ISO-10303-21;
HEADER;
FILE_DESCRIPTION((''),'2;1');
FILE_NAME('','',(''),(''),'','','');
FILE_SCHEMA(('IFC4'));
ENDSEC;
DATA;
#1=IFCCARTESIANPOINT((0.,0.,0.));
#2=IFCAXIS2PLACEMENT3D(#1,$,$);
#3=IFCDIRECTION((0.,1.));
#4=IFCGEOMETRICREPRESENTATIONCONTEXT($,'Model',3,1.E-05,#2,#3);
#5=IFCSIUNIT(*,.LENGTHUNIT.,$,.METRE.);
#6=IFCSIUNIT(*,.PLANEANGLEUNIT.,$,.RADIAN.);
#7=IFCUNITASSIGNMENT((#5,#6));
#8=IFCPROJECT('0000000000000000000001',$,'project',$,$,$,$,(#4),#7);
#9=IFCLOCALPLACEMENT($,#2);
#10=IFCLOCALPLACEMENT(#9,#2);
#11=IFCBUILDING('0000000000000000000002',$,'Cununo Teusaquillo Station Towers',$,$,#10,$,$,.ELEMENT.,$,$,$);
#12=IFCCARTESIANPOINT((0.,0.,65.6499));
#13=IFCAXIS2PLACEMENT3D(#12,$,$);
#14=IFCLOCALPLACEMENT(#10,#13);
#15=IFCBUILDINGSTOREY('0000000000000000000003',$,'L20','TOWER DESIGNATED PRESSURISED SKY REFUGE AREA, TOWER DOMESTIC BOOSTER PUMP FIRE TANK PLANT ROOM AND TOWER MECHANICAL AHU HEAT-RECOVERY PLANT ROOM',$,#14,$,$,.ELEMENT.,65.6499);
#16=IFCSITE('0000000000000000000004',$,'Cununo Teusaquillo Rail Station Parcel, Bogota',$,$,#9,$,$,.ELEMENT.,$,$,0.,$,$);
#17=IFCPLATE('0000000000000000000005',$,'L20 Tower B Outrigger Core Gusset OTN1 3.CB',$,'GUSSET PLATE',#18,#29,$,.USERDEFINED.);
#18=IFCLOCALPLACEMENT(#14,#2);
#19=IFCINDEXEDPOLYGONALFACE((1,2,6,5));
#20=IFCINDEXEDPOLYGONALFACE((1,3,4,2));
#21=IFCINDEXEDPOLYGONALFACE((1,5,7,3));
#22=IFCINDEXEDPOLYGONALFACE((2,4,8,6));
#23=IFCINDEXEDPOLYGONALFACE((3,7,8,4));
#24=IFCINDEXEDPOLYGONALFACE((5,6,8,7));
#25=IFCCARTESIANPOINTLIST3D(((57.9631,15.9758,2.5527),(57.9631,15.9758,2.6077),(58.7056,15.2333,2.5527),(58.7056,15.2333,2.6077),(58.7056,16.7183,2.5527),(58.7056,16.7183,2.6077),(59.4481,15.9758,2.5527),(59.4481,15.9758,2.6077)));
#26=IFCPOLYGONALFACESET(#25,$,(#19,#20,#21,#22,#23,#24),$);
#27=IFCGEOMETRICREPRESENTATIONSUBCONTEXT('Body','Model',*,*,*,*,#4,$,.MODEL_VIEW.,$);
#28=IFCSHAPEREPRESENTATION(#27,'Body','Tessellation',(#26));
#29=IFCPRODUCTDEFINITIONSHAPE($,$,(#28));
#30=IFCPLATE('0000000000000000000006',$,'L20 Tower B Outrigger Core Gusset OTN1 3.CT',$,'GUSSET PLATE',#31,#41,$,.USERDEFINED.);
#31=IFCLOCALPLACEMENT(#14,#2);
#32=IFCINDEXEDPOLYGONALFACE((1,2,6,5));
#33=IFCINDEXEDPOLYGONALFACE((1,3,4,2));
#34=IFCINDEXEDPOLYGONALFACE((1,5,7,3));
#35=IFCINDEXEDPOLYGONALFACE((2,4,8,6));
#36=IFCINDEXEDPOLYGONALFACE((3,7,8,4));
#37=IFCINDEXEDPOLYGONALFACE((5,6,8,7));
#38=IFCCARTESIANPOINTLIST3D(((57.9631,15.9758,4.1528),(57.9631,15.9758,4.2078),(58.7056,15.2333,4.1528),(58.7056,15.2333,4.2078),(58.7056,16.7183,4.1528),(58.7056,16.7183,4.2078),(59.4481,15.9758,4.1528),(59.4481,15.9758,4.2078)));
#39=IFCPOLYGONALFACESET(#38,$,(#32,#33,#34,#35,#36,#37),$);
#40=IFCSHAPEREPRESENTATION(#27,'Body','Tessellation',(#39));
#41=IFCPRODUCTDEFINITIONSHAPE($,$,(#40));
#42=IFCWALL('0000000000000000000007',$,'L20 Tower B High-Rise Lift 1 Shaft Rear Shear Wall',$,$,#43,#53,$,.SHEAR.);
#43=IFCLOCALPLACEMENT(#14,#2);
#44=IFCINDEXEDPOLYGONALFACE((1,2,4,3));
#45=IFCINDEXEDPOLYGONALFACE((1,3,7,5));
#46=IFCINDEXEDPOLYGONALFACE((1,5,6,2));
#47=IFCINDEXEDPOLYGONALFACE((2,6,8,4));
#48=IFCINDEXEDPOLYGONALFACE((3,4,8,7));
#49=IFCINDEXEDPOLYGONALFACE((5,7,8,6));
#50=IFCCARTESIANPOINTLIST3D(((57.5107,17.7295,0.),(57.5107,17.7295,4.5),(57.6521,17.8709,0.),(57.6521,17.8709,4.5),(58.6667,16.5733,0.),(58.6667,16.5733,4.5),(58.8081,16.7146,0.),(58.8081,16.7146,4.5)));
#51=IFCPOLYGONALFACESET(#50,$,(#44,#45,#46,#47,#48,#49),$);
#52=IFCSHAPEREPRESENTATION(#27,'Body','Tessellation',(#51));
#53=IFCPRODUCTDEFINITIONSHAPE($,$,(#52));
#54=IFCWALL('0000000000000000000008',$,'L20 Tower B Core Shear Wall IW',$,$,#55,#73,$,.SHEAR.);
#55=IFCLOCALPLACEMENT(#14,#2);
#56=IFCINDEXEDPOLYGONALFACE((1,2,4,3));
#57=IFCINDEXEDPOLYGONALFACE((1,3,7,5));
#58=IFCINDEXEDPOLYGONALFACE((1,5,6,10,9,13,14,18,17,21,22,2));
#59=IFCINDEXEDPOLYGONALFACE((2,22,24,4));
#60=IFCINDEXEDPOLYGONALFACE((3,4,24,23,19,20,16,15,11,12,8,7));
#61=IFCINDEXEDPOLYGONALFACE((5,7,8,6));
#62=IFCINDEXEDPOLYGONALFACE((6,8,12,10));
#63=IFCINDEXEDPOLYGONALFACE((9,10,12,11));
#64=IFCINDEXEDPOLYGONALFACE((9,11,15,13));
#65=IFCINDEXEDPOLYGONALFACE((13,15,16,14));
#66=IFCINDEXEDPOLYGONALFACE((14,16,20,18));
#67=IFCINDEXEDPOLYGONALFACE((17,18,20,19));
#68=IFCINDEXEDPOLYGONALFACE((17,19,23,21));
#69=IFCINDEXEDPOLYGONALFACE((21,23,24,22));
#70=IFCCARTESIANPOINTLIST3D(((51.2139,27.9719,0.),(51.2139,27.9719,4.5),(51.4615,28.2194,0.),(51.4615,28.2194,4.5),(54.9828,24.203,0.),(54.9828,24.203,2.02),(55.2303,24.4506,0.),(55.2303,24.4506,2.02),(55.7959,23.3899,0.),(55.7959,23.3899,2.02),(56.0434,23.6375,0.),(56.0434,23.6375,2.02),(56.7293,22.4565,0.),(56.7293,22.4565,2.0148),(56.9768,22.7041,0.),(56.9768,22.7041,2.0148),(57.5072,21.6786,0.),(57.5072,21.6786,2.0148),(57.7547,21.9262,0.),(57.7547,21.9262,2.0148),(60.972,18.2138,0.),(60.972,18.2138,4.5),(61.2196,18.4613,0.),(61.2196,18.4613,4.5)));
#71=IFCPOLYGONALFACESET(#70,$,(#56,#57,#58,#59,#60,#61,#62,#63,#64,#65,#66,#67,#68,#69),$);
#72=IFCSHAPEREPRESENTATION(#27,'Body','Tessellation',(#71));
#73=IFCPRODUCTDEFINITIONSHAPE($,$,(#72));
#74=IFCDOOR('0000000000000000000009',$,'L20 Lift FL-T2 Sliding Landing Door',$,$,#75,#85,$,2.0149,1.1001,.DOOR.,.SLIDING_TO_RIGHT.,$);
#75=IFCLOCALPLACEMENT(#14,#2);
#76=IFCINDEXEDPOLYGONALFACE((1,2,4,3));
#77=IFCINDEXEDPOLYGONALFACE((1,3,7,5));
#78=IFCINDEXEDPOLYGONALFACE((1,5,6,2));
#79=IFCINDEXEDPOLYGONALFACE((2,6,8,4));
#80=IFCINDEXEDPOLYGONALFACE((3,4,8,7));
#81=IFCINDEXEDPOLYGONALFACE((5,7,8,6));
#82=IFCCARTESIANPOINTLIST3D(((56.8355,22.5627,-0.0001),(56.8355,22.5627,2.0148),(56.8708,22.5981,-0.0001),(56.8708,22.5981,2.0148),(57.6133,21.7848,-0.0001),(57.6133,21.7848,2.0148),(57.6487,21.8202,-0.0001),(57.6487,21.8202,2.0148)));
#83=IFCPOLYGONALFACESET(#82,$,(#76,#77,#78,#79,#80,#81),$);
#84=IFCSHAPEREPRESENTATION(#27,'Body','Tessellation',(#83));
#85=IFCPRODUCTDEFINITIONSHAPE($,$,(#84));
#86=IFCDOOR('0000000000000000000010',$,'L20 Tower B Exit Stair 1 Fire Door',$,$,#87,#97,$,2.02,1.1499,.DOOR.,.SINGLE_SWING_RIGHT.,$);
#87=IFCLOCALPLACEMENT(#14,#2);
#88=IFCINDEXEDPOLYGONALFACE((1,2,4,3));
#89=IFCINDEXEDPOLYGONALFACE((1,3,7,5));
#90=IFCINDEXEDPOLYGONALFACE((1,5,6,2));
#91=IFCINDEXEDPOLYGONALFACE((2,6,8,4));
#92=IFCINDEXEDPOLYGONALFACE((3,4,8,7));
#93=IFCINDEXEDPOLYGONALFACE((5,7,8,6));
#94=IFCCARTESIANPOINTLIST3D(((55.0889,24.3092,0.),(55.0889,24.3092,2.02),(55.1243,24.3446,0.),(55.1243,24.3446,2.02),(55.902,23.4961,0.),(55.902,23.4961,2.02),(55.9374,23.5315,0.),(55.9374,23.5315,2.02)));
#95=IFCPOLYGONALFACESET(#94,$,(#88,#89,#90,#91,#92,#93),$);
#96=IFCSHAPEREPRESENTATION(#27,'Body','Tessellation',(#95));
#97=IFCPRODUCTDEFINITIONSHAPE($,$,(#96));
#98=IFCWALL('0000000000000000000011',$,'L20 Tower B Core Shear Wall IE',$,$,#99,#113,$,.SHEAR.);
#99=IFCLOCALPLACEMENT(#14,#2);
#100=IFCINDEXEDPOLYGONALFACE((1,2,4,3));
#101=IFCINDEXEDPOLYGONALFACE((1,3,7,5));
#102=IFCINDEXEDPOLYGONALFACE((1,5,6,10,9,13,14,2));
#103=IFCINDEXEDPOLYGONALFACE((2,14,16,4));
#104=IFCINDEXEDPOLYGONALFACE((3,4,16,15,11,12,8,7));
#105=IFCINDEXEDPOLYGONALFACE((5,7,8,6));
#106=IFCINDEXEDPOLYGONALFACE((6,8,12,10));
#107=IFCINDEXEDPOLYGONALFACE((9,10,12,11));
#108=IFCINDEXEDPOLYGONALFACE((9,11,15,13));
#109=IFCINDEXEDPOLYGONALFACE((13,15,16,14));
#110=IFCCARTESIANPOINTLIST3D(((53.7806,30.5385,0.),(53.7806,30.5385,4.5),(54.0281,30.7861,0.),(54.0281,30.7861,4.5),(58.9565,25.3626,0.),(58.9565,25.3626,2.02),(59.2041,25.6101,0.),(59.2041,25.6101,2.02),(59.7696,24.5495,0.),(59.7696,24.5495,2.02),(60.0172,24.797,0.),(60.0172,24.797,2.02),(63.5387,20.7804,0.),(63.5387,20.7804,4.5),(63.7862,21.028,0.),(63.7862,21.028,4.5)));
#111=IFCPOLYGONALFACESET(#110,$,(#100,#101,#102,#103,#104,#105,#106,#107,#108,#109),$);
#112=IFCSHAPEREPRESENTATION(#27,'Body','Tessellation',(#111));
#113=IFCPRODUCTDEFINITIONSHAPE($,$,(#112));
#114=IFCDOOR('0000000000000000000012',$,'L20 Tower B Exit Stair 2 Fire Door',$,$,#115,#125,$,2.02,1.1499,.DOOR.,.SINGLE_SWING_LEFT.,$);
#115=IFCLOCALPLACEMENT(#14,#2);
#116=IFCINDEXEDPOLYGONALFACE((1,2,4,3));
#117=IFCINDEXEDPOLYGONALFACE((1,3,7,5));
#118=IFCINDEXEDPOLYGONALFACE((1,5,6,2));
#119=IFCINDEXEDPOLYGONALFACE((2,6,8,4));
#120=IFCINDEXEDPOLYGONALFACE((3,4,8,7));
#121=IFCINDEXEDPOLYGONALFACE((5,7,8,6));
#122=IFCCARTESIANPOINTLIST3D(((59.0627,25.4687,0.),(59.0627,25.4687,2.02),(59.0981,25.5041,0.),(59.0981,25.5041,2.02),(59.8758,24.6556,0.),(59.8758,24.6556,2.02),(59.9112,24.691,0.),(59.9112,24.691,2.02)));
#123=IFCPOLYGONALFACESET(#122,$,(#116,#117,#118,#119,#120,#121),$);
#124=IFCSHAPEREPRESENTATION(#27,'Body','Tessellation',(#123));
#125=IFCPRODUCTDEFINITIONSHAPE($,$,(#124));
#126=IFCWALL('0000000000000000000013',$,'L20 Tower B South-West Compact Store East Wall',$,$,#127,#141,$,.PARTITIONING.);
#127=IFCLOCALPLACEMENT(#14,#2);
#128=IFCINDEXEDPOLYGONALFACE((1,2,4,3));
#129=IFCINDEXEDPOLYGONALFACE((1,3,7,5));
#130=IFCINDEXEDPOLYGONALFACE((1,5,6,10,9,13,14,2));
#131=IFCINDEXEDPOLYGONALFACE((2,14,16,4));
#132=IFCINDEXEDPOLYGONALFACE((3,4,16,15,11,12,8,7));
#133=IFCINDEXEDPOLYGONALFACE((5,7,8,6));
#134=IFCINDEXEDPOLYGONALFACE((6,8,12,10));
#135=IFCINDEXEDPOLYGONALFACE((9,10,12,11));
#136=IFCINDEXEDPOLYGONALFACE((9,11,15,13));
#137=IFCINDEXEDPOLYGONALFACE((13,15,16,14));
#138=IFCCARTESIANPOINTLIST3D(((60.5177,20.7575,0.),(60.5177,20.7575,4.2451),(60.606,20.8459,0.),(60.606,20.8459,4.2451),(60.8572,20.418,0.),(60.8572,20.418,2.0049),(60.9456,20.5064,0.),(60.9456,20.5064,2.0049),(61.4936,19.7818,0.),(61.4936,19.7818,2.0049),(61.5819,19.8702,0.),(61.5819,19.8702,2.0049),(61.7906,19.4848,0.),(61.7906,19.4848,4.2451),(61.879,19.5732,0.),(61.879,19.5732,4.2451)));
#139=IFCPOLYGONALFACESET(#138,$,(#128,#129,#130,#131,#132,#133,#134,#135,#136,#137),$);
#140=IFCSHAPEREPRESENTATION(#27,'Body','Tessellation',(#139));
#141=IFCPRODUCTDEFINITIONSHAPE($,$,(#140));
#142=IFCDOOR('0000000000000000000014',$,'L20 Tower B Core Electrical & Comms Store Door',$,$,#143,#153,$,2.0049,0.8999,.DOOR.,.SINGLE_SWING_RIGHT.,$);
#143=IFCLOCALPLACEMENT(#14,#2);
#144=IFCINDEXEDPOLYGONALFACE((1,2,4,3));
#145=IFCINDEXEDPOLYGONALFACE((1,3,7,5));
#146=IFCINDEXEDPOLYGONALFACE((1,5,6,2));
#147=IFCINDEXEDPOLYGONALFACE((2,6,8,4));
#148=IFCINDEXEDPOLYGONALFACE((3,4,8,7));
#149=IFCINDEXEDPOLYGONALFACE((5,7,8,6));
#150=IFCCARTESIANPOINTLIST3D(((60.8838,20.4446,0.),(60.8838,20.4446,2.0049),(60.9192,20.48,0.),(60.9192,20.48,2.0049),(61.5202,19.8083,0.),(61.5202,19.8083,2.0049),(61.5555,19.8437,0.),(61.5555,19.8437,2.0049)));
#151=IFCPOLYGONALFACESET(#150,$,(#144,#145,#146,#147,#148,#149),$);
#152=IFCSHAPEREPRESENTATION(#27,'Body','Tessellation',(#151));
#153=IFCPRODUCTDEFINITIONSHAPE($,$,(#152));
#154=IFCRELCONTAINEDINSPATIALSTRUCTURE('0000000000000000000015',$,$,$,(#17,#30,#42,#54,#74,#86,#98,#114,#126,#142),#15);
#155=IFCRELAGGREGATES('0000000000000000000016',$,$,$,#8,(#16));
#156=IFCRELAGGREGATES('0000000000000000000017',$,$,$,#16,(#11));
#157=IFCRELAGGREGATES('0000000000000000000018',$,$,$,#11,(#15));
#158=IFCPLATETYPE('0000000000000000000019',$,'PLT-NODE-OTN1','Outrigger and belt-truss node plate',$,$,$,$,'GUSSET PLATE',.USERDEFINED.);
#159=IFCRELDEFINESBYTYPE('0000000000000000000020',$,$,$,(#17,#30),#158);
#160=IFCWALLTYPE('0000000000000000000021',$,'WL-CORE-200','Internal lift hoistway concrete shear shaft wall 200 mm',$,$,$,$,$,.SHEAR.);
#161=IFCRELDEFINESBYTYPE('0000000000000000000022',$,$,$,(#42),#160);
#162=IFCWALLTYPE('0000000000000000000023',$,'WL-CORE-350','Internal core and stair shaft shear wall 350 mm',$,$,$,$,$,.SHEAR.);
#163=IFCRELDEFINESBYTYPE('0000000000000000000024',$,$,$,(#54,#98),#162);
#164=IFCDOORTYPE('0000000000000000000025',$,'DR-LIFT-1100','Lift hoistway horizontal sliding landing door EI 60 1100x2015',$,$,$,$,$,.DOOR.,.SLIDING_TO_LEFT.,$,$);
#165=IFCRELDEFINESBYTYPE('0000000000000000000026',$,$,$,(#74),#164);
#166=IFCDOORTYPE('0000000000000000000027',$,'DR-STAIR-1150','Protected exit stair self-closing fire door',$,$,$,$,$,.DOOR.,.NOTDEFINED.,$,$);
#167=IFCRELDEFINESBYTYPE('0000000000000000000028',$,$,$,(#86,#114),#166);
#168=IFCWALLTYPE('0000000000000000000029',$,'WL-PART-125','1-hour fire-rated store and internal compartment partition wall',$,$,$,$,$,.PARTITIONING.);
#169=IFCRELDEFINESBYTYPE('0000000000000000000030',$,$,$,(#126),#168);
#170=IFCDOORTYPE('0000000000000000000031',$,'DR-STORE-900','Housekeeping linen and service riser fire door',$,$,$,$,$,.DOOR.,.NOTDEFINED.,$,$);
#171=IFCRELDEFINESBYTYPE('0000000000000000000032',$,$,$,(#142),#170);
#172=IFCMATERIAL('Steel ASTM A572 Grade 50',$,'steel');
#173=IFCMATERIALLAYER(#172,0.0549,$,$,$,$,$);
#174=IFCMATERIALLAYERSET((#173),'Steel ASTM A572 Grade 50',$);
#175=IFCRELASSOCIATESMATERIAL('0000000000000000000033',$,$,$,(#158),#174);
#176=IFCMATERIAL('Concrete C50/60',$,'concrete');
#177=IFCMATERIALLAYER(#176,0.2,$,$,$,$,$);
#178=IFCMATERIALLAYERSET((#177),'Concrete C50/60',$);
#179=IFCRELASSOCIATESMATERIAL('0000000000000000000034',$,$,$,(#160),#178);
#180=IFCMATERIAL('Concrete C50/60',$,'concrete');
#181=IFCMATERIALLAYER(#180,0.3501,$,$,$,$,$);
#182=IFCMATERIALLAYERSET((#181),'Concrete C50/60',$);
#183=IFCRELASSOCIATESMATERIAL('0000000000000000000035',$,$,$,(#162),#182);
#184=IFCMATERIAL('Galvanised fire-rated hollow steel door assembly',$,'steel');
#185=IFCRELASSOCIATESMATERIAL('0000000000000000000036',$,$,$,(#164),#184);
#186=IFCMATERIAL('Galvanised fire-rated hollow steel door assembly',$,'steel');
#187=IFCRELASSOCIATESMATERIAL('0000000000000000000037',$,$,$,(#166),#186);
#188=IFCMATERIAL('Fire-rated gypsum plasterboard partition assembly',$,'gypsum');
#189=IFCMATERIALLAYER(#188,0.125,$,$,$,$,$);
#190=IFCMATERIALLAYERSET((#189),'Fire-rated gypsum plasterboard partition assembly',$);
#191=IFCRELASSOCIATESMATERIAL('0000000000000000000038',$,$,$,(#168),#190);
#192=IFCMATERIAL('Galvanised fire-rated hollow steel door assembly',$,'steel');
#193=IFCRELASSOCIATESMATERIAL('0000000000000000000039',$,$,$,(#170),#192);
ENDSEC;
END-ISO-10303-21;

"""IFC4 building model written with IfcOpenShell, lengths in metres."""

from ifc_helpers import new_model, si_unit, direction, frame, frame_2d, origin, origin_2d, place, context, subcontext, project, spatial, rectangle, extrude, source, transform, mapped, material, layer, layer_set, type_object, element, fill, save


model = new_model("IFC4")

# Units and contexts
model_context = context("Model", 3, precision=1e-05, world=origin(), true_north=direction((0.0, 1.0)))
body_context = subcontext(model_context, "Body", "Model", "MODEL_VIEW")
ifc_project = project(units=[si_unit("LENGTHUNIT", "METRE"), si_unit("PLANEANGLEUNIT", "RADIAN")], contexts=[model_context])

# Site, building, storey
site_placement = place(None, origin())
site = spatial("IfcSite", under=ifc_project, at=site_placement, Name="Cununo Teusaquillo Rail Station Parcel, Bogota", CompositionType="ELEMENT", RefElevation=0.0)
building_placement = place(site_placement, origin())
building = spatial("IfcBuilding", under=site, at=building_placement, Name="Cununo Teusaquillo Station Towers", CompositionType="ELEMENT")
storey_placement = place(building_placement, frame((0.0, 0.0, 65.6499)))
storey = spatial("IfcBuildingStorey", under=building, at=storey_placement, Name="L20", Description="TOWER DESIGNATED PRESSURISED SKY REFUGE AREA, TOWER DOMESTIC BOOSTER PUMP FIRE TANK PLANT ROOM AND TOWER MECHANICAL AHU HEAT-RECOVERY PLANT ROOM", CompositionType="ELEMENT", Elevation=65.6499)

# Plates
ifc_material_1 = material(Name="Steel ASTM A572 Grade 50", Category="steel")
ifc_layer_1 = layer(ifc_material_1, 0.0549)
ifc_layer_set_1 = layer_set([ifc_layer_1], Name="Steel ASTM A572 Grade 50")
plate_type = type_object("IfcPlateType", Name="PLT-NODE-OTN1", Description="Outrigger and belt-truss node plate", ElementType="GUSSET PLATE", PredefinedType="USERDEFINED", material=ifc_layer_set_1)
shared_shape_1 = source(origin(), body_context, "Body", "SweptSolid", [
    extrude(rectangle(XDim=1.05, YDim=1.05, at=origin_2d()), origin(), (0.0, 0.0, 1.0), 0.0549),
])
for number, where, z_axis, x_axis, name in (
    (1, (58.7056, 15.9758, 2.5527), (0.0, 0.0, 1.0), (0.707107, 0.707107, 0.0), "L20 Tower B Outrigger Core Gusset OTN1 3.CB"),
    (2, (58.7056, 15.9758, 4.1528), (0.0, 0.0, 1.0), (0.707107, 0.707107, 0.0), "L20 Tower B Outrigger Core Gusset OTN1 3.CT"),
):
    element("IfcPlate", number, at=place(storey_placement, frame(where, z_axis=z_axis, x_axis=x_axis)), inside=storey, type_object=plate_type, Name=name, ObjectType="GUSSET PLATE", PredefinedType="USERDEFINED", context=body_context, shape_type="MappedRepresentation", body=[
        mapped(shared_shape_1, transform((0.0, 0.0, 0.0), x_axis=(1.0, 0.0, 0.0), y_axis=(0.0, 1.0, 0.0), z_axis=(0.0, 0.0, 1.0), scale=1.0)),
    ])

# Wall
ifc_material_2 = material(Name="Concrete C50/60", Category="concrete")
ifc_layer_2 = layer(ifc_material_2, 0.2)
ifc_layer_set_2 = layer_set([ifc_layer_2], Name="Concrete C50/60")
wall_type_1 = type_object("IfcWallType", Name="WL-CORE-200", Description="Internal lift hoistway concrete shear shaft wall 200 mm", PredefinedType="SHEAR", material=ifc_layer_set_2)
wall_1_placement = place(storey_placement, frame((58.7373, 16.644, 0.0), z_axis=(0.0, 0.0, 1.0), x_axis=(-0.707032, 0.707181, 0.0)))
element("IfcWall", 3, at=wall_1_placement, inside=storey, type_object=wall_type_1, Name="L20 Tower B High-Rise Lift 1 Shaft Rear Shear Wall", PredefinedType="SHEAR", context=body_context, shape_type="SweptSolid", body=[
    extrude(rectangle(XDim=1.635, YDim=0.2, at=frame_2d((0.8174, 0.0))), origin(), (0.0, 0.0, 1.0), 4.5),
])

# Wall, openings, doors
ifc_material_3 = material(Name="Concrete C50/60", Category="concrete")
ifc_layer_3 = layer(ifc_material_3, 0.3501)
ifc_layer_set_3 = layer_set([ifc_layer_3], Name="Concrete C50/60")
wall_type_2 = type_object("IfcWallType", Name="WL-CORE-350", Description="Internal core and stair shaft shear wall 350 mm", PredefinedType="SHEAR", material=ifc_layer_set_3)
wall_2_placement = place(storey_placement, frame((61.0957, 18.3376, 0.0), z_axis=(0.0, 0.0, 1.0), x_axis=(-0.707107, 0.707107, 0.0)))
wall_2 = element("IfcWall", 4, at=wall_2_placement, inside=storey, type_object=wall_type_2, Name="L20 Tower B Core Shear Wall IW", PredefinedType="SHEAR", context=body_context, shape_type="SweptSolid", body=[
    extrude(rectangle(XDim=13.8, YDim=0.3501, at=frame_2d((6.8999, 0.0))), origin(), (0.0, 0.0, 1.0), 4.5),
])
shared_shape_2 = source(origin(), body_context, "Body", "SweptSolid", [
    extrude(rectangle(XDim=1.1001, YDim=2.0149, at=frame_2d((0.55, 1.0073))), frame((0.0, 0.1851, 0.0), z_axis=(0.0, -1.0, 0.0), x_axis=(1.0, 0.0, 0.0)), (0.0, 0.0, 1.0), 0.3701),
])
opening_1_placement = place(wall_2_placement, frame((4.8999, 0.0, 0.0)))
opening_1 = element("IfcOpeningElement", 5, at=opening_1_placement, cuts=wall_2, PredefinedType="OPENING", context=body_context, shape_type="MappedRepresentation", body=[
    mapped(shared_shape_2, transform((0.0, 0.0, 0.0), x_axis=(1.0, 0.0, 0.0), y_axis=(0.0, 1.0, 0.0), z_axis=(0.0, 0.0, 1.0), scale=1.0)),
])
shared_shape_3 = source(origin(), body_context, "Body", "SweptSolid", [
    extrude(rectangle(XDim=1.1499, YDim=2.02, at=frame_2d((0.575, 1.01))), frame((0.0, 0.1851, 0.0), z_axis=(0.0, -1.0, 0.0), x_axis=(1.0, 0.0, 0.0)), (0.0, 0.0, 1.0), 0.3701),
])
opening_2_placement = place(wall_2_placement, frame((7.3201, 0.0, 0.0)))
opening_2 = element("IfcOpeningElement", 6, at=opening_2_placement, cuts=wall_2, PredefinedType="OPENING", context=body_context, shape_type="MappedRepresentation", body=[
    mapped(shared_shape_3, transform((0.0, 0.0, 0.0), x_axis=(1.0, 0.0, 0.0), y_axis=(0.0, 1.0, 0.0), z_axis=(0.0, 0.0, 1.0), scale=1.0)),
])
ifc_material_4 = material(Name="Galvanised fire-rated hollow steel door assembly", Category="steel")
door_type_1 = type_object("IfcDoorType", Name="DR-LIFT-1100", Description="Lift hoistway horizontal sliding landing door EI 60 1100x2015", OperationType="SLIDING_TO_LEFT", PredefinedType="DOOR", material=ifc_material_4)
shared_shape_4 = source(origin(), body_context, "Body", "SweptSolid", [
    extrude(rectangle(XDim=1.1001, YDim=2.0149, at=frame_2d((0.55, 1.0073))), frame((0.0, 0.0249, 0.0), z_axis=(0.0, -1.0, 0.0), x_axis=(1.0, 0.0, 0.0)), (0.0, 0.0, 1.0), 0.05),
])
door_1_placement = place(opening_1_placement, origin())
door_1 = element("IfcDoor", 7, at=door_1_placement, inside=storey, type_object=door_type_1, Name="L20 Lift FL-T2 Sliding Landing Door", OperationType="SLIDING_TO_RIGHT", OverallHeight=2.0149, OverallWidth=1.1001, PredefinedType="DOOR", context=body_context, shape_type="MappedRepresentation", body=[
    mapped(shared_shape_4, transform((0.0, 0.0, 0.0), x_axis=(1.0, 0.0, 0.0), y_axis=(0.0, 1.0, 0.0), z_axis=(0.0, 0.0, 1.0), scale=1.0)),
])
fill(opening_1, door_1)
ifc_material_5 = material(Name="Galvanised fire-rated hollow steel door assembly", Category="steel")
door_type_2 = type_object("IfcDoorType", Name="DR-STAIR-1150", Description="Protected exit stair self-closing fire door", OperationType="NOTDEFINED", PredefinedType="DOOR", material=ifc_material_5)
shared_shape_5 = source(origin(), body_context, "Body", "SweptSolid", [
    extrude(rectangle(XDim=1.1499, YDim=2.02, at=frame_2d((0.575, 1.01))), frame((0.0, 0.0249, 0.0), z_axis=(0.0, -1.0, 0.0), x_axis=(1.0, 0.0, 0.0)), (0.0, 0.0, 1.0), 0.05),
])
door_2_placement = place(opening_2_placement, origin())
door_2 = element("IfcDoor", 8, at=door_2_placement, inside=storey, type_object=door_type_2, Name="L20 Tower B Exit Stair 1 Fire Door", OperationType="SINGLE_SWING_RIGHT", OverallHeight=2.02, OverallWidth=1.1499, PredefinedType="DOOR", context=body_context, shape_type="MappedRepresentation", body=[
    mapped(shared_shape_5, transform((0.0, 0.0, 0.0), x_axis=(1.0, 0.0, 0.0), y_axis=(0.0, 1.0, 0.0), z_axis=(0.0, 0.0, 1.0), scale=1.0)),
])
fill(opening_2, door_2)

# Walls, openings, doors
wall_3_placement = place(storey_placement, frame((63.6624, 20.9043, 0.0), z_axis=(0.0, 0.0, 1.0), x_axis=(-0.707107, 0.707107, 0.0)))
wall_3 = element("IfcWall", 9, at=wall_3_placement, inside=storey, type_object=wall_type_2, Name="L20 Tower B Core Shear Wall IE", PredefinedType="SHEAR", context=body_context, shape_type="SweptSolid", body=[
    extrude(rectangle(XDim=13.8, YDim=0.3501, at=frame_2d((6.8999, 0.0))), origin(), (0.0, 0.0, 1.0), 4.5),
])
opening_3_placement = place(wall_3_placement, frame((5.3301, 0.0, 0.0)))
opening_3 = element("IfcOpeningElement", 10, at=opening_3_placement, cuts=wall_3, PredefinedType="OPENING", context=body_context, shape_type="MappedRepresentation", body=[
    mapped(shared_shape_3, transform((0.0, 0.0, 0.0), x_axis=(1.0, 0.0, 0.0), y_axis=(0.0, 1.0, 0.0), z_axis=(0.0, 0.0, 1.0), scale=1.0)),
])
door_3_placement = place(opening_3_placement, origin())
door_3 = element("IfcDoor", 11, at=door_3_placement, inside=storey, type_object=door_type_2, Name="L20 Tower B Exit Stair 2 Fire Door", OperationType="SINGLE_SWING_LEFT", OverallHeight=2.02, OverallWidth=1.1499, PredefinedType="DOOR", context=body_context, shape_type="MappedRepresentation", body=[
    mapped(shared_shape_5, transform((0.0, 0.0, 0.0), x_axis=(1.0, 0.0, 0.0), y_axis=(0.0, 1.0, 0.0), z_axis=(0.0, 0.0, 1.0), scale=1.0)),
])
fill(opening_3, door_3)
ifc_material_6 = material(Name="Fire-rated gypsum plasterboard partition assembly", Category="gypsum")
ifc_layer_4 = layer(ifc_material_6, 0.125)
ifc_layer_set_4 = layer_set([ifc_layer_4], Name="Fire-rated gypsum plasterboard partition assembly")
wall_type_3 = type_object("IfcWallType", Name="WL-PART-125", Description="1-hour fire-rated store and internal compartment partition wall", PredefinedType="PARTITIONING", material=ifc_layer_set_4)
wall_4_placement = place(storey_placement, frame((61.8347, 19.5291, 0.0), z_axis=(0.0, 0.0, 1.0), x_axis=(-0.707175, 0.707039, 0.0)))
wall_4 = element("IfcWall", 12, at=wall_4_placement, inside=storey, type_object=wall_type_3, Name="L20 Tower B South-West Compact Store East Wall", PredefinedType="PARTITIONING", context=body_context, shape_type="SweptSolid", body=[
    extrude(rectangle(XDim=1.8, YDim=0.125, at=frame_2d((0.8999, 0.0))), origin(), (0.0, 0.0, 1.0), 4.2451),
])
shared_shape_6 = source(origin(), body_context, "Body", "SweptSolid", [
    extrude(rectangle(XDim=0.8999, YDim=2.0049, at=frame_2d((0.45, 1.0024))), frame((0.0, 0.0725, 0.0), z_axis=(0.0, -1.0, 0.0), x_axis=(1.0, 0.0, 0.0)), (0.0, 0.0, 1.0), 0.145),
])
opening_4_placement = place(wall_4_placement, frame((0.4199, 0.0, 0.0)))
opening_4 = element("IfcOpeningElement", 13, at=opening_4_placement, cuts=wall_4, PredefinedType="OPENING", context=body_context, shape_type="MappedRepresentation", body=[
    mapped(shared_shape_6, transform((0.0, 0.0, 0.0), x_axis=(1.0, 0.0, 0.0), y_axis=(0.0, 1.0, 0.0), z_axis=(0.0, 0.0, 1.0), scale=1.0)),
])
ifc_material_7 = material(Name="Galvanised fire-rated hollow steel door assembly", Category="steel")
door_type_3 = type_object("IfcDoorType", Name="DR-STORE-900", Description="Housekeeping linen and service riser fire door", OperationType="NOTDEFINED", PredefinedType="DOOR", material=ifc_material_7)
shared_shape_7 = source(origin(), body_context, "Body", "SweptSolid", [
    extrude(rectangle(XDim=0.8999, YDim=2.0049, at=frame_2d((0.45, 1.0024))), frame((0.0, 0.0249, 0.0), z_axis=(0.0, -1.0, 0.0), x_axis=(1.0, 0.0, 0.0)), (0.0, 0.0, 1.0), 0.05),
])
door_4_placement = place(opening_4_placement, origin())
door_4 = element("IfcDoor", 14, at=door_4_placement, inside=storey, type_object=door_type_3, Name="L20 Tower B Core Electrical & Comms Store Door", OperationType="SINGLE_SWING_RIGHT", OverallHeight=2.0049, OverallWidth=0.8999, PredefinedType="DOOR", context=body_context, shape_type="MappedRepresentation", body=[
    mapped(shared_shape_7, transform((0.0, 0.0, 0.0), x_axis=(1.0, 0.0, 0.0), y_axis=(0.0, 1.0, 0.0), z_axis=(0.0, 0.0, 1.0), scale=1.0)),
])
fill(opening_4, door_4)

save(model, "model.ifc")
